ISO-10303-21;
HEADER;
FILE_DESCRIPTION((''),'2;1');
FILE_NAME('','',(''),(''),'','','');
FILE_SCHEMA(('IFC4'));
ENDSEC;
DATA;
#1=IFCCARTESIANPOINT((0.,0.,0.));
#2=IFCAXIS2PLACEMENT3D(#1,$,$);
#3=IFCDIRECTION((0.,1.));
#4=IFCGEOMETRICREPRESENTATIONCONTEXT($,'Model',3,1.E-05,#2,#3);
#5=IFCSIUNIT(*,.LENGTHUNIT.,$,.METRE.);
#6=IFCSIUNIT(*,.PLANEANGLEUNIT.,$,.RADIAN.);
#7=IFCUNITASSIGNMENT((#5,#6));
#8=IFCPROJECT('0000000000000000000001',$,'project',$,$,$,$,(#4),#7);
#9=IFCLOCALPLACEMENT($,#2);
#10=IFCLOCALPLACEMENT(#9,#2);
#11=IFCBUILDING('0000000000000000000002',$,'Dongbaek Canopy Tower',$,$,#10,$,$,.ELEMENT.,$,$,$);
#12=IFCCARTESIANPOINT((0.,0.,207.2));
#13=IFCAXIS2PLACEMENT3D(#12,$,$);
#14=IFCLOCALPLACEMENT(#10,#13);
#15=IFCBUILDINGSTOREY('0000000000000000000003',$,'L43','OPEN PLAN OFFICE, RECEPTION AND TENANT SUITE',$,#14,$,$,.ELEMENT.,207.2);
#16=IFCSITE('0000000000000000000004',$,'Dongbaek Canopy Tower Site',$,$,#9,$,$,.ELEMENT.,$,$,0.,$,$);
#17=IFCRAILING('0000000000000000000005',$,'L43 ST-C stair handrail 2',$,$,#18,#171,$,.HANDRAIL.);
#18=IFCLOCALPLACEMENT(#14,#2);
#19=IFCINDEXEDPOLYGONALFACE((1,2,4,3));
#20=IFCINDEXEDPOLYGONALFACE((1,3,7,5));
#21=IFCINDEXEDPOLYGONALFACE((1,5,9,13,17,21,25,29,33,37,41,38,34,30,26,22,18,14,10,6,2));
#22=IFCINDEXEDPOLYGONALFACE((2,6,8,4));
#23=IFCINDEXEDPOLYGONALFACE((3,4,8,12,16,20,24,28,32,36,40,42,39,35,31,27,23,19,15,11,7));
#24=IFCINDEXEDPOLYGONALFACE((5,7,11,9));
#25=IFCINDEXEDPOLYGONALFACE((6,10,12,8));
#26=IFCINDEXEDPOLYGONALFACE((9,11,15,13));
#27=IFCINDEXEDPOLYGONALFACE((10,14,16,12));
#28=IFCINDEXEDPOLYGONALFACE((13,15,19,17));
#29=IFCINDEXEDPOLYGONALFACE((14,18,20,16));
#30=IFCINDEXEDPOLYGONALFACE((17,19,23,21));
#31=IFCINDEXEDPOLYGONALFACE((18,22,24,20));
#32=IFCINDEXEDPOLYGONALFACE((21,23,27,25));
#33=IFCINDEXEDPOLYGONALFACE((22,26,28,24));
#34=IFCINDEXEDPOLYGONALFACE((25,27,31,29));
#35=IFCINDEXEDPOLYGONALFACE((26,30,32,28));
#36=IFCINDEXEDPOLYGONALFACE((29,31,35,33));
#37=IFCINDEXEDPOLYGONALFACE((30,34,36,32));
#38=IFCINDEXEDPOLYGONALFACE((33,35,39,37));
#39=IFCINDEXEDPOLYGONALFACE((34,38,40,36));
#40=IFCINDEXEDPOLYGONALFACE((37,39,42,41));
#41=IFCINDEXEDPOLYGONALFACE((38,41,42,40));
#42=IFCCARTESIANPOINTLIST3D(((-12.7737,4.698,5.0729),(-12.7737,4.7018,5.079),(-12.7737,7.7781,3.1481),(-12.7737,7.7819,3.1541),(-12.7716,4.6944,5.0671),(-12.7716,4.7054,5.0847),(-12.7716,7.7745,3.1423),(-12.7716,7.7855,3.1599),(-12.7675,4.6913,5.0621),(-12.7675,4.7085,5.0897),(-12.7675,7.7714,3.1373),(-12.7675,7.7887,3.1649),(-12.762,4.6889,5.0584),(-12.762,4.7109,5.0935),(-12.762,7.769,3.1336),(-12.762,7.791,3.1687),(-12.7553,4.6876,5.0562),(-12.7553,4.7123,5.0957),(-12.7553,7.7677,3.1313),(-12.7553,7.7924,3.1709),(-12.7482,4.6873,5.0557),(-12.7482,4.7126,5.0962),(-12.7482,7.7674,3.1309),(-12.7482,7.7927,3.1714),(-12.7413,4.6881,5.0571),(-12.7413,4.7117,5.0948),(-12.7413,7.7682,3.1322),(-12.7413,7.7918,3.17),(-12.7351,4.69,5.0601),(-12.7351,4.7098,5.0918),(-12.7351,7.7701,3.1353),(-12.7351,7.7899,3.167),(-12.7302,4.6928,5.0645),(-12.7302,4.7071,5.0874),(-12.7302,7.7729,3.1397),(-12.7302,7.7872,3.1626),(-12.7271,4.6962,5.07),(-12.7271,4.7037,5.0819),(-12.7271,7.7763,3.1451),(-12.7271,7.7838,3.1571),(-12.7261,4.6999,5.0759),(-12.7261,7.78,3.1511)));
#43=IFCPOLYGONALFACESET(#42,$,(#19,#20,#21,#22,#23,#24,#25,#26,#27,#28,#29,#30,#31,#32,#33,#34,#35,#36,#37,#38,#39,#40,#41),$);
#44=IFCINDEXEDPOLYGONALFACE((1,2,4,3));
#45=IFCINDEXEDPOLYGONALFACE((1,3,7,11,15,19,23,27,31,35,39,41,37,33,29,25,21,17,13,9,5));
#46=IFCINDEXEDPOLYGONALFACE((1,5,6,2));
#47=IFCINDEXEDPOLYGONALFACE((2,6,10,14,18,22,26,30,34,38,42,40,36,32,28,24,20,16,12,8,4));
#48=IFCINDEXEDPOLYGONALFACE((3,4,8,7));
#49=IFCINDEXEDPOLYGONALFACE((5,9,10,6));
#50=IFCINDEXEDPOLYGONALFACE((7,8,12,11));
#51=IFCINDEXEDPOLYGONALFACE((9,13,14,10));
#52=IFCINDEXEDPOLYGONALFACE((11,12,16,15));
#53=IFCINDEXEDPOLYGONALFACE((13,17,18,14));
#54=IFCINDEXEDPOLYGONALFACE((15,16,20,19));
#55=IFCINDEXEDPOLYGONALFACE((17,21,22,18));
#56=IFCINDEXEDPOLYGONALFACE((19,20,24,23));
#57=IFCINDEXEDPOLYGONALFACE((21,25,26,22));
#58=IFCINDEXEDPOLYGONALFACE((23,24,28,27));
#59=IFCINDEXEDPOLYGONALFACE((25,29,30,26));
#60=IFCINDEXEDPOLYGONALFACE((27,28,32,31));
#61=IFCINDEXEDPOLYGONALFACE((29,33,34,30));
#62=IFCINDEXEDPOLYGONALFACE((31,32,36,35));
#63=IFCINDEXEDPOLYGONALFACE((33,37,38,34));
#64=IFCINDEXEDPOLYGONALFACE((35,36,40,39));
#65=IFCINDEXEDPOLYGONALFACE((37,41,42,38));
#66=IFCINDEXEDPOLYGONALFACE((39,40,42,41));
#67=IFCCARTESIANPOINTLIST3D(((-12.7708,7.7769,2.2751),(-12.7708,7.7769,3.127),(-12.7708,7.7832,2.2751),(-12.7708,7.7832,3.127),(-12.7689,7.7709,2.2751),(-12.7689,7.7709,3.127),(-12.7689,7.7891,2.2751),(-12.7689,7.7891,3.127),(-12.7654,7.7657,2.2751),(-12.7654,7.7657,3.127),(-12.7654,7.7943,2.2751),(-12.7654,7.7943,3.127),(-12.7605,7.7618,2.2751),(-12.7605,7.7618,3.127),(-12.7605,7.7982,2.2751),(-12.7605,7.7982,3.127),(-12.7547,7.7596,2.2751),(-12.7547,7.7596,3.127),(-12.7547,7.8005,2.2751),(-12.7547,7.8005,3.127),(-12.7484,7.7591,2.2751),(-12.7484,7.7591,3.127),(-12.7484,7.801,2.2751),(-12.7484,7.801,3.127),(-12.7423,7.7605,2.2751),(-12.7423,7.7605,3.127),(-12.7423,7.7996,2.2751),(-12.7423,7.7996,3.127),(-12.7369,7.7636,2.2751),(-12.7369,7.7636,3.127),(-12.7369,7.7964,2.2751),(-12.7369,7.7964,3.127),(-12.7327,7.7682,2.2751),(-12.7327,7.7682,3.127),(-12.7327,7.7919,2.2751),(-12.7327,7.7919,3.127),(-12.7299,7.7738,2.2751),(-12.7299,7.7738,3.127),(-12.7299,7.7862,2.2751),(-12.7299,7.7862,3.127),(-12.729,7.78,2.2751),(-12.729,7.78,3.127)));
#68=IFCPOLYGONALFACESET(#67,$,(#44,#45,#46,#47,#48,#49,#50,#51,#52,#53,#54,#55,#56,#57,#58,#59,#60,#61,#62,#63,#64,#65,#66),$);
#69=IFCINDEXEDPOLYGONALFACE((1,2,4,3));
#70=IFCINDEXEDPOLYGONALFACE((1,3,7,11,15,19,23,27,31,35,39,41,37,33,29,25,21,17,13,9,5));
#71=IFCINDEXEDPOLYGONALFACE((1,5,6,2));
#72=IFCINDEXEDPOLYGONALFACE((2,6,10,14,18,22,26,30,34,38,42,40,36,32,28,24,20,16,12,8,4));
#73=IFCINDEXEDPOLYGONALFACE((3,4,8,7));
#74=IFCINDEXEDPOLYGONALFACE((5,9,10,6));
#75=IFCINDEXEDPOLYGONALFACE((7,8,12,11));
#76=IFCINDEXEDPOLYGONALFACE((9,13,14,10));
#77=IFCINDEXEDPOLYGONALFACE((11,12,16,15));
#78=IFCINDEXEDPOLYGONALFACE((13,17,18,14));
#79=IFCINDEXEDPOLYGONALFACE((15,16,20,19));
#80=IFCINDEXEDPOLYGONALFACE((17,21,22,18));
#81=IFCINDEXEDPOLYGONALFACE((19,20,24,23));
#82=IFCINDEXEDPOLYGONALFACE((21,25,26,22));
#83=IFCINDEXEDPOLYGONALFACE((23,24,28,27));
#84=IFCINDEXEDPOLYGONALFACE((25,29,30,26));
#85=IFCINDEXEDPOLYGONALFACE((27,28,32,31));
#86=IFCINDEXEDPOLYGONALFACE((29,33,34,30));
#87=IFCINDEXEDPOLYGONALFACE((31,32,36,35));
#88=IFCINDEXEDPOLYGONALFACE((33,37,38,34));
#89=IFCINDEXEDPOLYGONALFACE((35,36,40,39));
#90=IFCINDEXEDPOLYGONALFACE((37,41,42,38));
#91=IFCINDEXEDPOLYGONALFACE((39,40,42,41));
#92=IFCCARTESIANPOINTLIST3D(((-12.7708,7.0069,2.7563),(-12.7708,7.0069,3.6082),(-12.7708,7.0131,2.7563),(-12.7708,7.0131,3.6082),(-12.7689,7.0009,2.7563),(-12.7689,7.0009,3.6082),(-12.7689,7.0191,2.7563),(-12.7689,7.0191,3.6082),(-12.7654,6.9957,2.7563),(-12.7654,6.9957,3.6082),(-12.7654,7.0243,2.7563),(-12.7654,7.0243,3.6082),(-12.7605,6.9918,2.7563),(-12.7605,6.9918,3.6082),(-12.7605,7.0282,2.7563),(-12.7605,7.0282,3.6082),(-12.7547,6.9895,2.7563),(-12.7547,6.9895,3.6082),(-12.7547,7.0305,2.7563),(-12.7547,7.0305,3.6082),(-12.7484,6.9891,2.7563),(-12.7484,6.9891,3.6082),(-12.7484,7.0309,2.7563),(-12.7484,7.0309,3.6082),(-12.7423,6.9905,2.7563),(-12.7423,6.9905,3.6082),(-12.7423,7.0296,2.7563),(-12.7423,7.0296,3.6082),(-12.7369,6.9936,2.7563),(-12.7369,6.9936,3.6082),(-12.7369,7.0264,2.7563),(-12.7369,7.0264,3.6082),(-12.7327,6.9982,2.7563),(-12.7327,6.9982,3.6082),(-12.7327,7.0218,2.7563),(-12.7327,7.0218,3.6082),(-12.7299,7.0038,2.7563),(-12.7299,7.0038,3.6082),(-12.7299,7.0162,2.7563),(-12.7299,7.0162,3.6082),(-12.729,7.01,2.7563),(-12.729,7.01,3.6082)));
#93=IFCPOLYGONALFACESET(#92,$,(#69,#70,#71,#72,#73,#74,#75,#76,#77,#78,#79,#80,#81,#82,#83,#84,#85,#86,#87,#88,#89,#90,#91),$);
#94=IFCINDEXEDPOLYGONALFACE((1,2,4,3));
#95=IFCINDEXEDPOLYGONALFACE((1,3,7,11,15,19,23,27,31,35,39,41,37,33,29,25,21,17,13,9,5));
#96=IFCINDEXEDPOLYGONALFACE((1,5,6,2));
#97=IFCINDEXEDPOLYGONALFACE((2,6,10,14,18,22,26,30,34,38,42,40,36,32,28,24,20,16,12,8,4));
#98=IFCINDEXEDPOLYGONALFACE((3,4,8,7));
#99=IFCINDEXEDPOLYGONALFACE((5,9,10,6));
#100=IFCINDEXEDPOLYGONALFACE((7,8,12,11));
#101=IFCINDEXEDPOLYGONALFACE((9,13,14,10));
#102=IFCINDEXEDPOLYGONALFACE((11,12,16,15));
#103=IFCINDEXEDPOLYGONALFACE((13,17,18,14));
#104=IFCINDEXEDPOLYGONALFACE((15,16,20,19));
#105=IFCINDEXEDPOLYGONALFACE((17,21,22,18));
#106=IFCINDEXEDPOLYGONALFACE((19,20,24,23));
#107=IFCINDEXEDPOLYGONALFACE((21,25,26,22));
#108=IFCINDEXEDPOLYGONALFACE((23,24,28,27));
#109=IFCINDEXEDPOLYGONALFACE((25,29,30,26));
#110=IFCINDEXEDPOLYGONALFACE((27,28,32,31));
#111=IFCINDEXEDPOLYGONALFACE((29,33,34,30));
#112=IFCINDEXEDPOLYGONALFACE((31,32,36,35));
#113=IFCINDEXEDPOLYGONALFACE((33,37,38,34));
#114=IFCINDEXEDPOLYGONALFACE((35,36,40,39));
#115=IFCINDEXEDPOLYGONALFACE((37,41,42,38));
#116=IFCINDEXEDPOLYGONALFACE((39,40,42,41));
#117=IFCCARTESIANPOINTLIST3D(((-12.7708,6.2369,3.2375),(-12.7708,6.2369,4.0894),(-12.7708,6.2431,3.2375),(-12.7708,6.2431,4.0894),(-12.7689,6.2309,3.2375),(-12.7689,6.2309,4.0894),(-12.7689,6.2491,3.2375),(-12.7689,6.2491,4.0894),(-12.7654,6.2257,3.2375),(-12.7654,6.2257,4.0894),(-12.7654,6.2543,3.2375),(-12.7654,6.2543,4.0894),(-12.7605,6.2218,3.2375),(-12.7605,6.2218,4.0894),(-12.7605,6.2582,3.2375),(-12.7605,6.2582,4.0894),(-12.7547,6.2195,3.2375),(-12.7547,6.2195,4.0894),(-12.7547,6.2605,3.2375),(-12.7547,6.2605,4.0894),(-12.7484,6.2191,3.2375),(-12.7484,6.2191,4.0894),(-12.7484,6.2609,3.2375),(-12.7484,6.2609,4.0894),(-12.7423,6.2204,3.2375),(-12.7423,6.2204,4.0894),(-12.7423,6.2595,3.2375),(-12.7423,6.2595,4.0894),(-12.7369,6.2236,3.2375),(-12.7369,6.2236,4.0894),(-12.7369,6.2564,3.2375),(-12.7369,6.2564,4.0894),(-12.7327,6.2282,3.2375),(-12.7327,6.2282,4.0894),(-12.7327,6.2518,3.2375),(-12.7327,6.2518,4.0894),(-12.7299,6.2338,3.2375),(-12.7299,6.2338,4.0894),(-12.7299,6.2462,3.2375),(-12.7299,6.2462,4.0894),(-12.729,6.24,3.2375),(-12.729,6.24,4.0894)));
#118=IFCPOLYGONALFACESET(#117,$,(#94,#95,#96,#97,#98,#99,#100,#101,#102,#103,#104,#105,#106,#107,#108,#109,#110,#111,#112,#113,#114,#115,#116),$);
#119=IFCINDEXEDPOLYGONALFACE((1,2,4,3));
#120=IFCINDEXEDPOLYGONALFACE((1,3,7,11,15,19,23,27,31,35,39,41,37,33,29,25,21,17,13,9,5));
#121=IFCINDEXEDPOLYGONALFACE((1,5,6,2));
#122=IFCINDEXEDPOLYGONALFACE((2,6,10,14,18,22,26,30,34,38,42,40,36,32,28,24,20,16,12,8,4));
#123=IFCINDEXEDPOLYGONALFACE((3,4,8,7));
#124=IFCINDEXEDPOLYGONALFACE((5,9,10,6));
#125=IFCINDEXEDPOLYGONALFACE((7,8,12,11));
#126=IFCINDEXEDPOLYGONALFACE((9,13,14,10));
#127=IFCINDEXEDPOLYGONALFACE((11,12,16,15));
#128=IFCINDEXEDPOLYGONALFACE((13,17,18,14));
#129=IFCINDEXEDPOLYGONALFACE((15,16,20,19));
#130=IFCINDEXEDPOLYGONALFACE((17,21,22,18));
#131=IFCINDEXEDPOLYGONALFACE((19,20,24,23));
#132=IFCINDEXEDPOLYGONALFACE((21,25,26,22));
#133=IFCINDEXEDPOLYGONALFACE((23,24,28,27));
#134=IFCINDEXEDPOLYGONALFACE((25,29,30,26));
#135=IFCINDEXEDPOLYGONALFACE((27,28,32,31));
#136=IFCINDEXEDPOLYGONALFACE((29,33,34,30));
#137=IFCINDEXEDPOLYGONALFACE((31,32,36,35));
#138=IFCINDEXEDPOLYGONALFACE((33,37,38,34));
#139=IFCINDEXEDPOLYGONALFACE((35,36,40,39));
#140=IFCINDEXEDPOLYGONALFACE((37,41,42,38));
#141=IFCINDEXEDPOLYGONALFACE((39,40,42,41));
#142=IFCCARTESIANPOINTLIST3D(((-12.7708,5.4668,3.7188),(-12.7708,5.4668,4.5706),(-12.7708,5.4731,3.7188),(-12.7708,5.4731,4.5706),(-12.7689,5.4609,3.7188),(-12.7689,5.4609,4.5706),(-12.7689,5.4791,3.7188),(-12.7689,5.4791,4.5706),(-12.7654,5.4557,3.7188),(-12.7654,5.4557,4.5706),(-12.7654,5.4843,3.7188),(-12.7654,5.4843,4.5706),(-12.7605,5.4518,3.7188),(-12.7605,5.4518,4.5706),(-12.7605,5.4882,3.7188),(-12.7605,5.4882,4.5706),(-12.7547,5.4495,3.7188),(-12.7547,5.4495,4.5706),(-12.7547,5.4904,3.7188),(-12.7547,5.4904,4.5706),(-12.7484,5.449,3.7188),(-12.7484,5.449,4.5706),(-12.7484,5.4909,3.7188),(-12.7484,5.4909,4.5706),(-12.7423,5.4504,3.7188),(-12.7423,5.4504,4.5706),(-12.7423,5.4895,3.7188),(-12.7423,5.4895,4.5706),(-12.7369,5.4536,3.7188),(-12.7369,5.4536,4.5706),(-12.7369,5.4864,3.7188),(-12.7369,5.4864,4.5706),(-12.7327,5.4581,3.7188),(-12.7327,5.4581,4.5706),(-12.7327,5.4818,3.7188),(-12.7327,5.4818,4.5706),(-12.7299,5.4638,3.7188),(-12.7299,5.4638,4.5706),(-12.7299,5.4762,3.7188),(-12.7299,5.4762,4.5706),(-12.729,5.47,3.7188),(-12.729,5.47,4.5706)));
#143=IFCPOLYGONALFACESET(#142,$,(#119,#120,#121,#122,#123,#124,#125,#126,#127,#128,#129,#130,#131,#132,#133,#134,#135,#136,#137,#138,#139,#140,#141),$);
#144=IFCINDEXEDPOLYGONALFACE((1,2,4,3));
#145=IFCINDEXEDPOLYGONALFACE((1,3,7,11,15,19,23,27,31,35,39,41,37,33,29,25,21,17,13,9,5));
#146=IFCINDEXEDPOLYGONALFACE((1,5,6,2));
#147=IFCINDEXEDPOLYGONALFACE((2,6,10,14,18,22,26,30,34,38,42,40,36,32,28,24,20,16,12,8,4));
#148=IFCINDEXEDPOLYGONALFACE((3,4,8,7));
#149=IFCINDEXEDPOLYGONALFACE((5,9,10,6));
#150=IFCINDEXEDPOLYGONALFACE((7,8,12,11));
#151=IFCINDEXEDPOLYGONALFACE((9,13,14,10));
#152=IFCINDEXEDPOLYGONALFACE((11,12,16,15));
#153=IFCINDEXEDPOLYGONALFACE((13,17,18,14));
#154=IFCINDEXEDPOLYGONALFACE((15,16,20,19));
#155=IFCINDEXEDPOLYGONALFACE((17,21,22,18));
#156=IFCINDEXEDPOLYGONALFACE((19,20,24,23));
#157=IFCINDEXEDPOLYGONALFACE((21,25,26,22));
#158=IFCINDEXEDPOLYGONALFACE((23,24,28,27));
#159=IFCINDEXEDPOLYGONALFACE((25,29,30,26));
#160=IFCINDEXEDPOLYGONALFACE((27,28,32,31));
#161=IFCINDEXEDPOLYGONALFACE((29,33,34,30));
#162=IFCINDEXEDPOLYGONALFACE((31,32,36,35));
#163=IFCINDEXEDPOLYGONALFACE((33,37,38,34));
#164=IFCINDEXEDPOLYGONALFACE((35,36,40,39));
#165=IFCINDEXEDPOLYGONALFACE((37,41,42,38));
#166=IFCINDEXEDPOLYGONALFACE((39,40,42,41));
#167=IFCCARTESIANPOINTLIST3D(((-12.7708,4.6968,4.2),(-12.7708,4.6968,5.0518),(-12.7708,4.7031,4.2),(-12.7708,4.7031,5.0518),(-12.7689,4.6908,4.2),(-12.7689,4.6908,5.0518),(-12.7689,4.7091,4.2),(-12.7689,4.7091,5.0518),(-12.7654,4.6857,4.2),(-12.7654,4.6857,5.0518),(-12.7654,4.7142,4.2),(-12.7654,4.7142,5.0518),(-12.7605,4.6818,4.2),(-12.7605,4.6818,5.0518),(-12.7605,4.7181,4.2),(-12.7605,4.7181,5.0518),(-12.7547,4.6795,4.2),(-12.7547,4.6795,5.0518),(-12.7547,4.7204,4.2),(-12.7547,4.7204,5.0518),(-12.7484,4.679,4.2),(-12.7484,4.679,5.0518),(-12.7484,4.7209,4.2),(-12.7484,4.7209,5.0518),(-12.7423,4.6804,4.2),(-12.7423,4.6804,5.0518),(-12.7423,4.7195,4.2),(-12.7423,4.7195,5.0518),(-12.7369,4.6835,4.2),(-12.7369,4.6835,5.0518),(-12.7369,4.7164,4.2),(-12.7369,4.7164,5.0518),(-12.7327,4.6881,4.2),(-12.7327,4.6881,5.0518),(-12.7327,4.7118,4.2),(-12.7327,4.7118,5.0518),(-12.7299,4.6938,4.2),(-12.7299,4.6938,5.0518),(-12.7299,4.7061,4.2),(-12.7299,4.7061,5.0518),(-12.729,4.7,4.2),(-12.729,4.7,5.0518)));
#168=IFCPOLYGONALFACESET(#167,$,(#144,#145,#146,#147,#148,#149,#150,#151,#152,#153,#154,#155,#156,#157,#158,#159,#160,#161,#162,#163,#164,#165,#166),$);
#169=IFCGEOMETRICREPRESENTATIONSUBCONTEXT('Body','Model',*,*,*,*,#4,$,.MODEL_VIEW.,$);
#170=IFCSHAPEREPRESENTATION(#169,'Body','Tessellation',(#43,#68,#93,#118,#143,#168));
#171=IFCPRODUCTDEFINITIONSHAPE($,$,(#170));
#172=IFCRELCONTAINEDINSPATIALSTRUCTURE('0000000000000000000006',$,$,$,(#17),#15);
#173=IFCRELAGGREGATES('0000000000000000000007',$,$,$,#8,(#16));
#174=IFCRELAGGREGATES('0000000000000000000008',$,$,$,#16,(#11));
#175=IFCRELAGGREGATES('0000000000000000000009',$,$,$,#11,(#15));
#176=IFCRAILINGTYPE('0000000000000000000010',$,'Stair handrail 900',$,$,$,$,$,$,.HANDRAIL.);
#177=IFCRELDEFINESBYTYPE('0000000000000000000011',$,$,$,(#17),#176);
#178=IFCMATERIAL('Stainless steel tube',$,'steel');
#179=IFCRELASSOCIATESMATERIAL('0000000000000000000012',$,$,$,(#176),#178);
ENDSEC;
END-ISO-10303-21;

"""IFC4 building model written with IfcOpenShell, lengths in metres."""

from ifc_helpers import new_model, si_unit, direction, frame, origin, origin_2d, place, context, subcontext, project, spatial, circle, extrude, material, type_object, element, save


model = new_model("IFC4")

# Units and contexts
model_context = context("Model", 3, precision=1e-05, world=origin(), true_north=direction((0.0, 1.0)))
body_context = subcontext(model_context, "Body", "Model", "MODEL_VIEW")
ifc_project = project(units=[si_unit("LENGTHUNIT", "METRE"), si_unit("PLANEANGLEUNIT", "RADIAN")], contexts=[model_context])

# Site, building, storey
site_placement = place(None, origin())
site = spatial("IfcSite", under=ifc_project, at=site_placement, Name="Dongbaek Canopy Tower Site", CompositionType="ELEMENT", RefElevation=0.0)
building_placement = place(site_placement, origin())
building = spatial("IfcBuilding", under=site, at=building_placement, Name="Dongbaek Canopy Tower", CompositionType="ELEMENT")
storey_placement = place(building_placement, frame((0.0, 0.0, 207.2)))
storey = spatial("IfcBuildingStorey", under=building, at=storey_placement, Name="L43", Description="OPEN PLAN OFFICE, RECEPTION AND TENANT SUITE", CompositionType="ELEMENT", Elevation=207.2)

# Railing
ifc_material_1 = material(Name="Stainless steel tube", Category="steel")
railing_type_1 = type_object("IfcRailingType", Name="Stair handrail 900", PredefinedType="HANDRAIL", material=ifc_material_1)
railing_1_placement = place(storey_placement, frame((-12.75, 7.78, 2.2751)))
element("IfcRailing", 1, at=railing_1_placement, inside=storey, type_object=railing_type_1, Name="L43 ST-C stair handrail 2", PredefinedType="HANDRAIL", context=body_context, shape_type="SweptSolid", body=[
    extrude(circle(Radius=0.0239, at=origin_2d()), frame((0.0, 0.0, 0.876), z_axis=(0.0, -0.848029, 0.529951), x_axis=(1.0, 0.0, 0.0)), (0.0, 0.0, 1.0), 3.6321),
    extrude(circle(Radius=0.021, at=origin_2d()), origin(), (0.0, 0.0, 1.0), 0.8518),
    extrude(circle(Radius=0.021, at=origin_2d()), frame((0.0, -0.77, 0.4812)), (0.0, 0.0, 1.0), 0.8518),
    extrude(circle(Radius=0.021, at=origin_2d()), frame((0.0, -1.54, 0.9624)), (0.0, 0.0, 1.0), 0.8518),
    extrude(circle(Radius=0.021, at=origin_2d()), frame((0.0, -2.3101, 1.4436)), (0.0, 0.0, 1.0), 0.8518),
    extrude(circle(Radius=0.021, at=origin_2d()), frame((0.0, -3.0801, 1.9248)), (0.0, 0.0, 1.0), 0.8518),
])

save(model, "model.ifc")
